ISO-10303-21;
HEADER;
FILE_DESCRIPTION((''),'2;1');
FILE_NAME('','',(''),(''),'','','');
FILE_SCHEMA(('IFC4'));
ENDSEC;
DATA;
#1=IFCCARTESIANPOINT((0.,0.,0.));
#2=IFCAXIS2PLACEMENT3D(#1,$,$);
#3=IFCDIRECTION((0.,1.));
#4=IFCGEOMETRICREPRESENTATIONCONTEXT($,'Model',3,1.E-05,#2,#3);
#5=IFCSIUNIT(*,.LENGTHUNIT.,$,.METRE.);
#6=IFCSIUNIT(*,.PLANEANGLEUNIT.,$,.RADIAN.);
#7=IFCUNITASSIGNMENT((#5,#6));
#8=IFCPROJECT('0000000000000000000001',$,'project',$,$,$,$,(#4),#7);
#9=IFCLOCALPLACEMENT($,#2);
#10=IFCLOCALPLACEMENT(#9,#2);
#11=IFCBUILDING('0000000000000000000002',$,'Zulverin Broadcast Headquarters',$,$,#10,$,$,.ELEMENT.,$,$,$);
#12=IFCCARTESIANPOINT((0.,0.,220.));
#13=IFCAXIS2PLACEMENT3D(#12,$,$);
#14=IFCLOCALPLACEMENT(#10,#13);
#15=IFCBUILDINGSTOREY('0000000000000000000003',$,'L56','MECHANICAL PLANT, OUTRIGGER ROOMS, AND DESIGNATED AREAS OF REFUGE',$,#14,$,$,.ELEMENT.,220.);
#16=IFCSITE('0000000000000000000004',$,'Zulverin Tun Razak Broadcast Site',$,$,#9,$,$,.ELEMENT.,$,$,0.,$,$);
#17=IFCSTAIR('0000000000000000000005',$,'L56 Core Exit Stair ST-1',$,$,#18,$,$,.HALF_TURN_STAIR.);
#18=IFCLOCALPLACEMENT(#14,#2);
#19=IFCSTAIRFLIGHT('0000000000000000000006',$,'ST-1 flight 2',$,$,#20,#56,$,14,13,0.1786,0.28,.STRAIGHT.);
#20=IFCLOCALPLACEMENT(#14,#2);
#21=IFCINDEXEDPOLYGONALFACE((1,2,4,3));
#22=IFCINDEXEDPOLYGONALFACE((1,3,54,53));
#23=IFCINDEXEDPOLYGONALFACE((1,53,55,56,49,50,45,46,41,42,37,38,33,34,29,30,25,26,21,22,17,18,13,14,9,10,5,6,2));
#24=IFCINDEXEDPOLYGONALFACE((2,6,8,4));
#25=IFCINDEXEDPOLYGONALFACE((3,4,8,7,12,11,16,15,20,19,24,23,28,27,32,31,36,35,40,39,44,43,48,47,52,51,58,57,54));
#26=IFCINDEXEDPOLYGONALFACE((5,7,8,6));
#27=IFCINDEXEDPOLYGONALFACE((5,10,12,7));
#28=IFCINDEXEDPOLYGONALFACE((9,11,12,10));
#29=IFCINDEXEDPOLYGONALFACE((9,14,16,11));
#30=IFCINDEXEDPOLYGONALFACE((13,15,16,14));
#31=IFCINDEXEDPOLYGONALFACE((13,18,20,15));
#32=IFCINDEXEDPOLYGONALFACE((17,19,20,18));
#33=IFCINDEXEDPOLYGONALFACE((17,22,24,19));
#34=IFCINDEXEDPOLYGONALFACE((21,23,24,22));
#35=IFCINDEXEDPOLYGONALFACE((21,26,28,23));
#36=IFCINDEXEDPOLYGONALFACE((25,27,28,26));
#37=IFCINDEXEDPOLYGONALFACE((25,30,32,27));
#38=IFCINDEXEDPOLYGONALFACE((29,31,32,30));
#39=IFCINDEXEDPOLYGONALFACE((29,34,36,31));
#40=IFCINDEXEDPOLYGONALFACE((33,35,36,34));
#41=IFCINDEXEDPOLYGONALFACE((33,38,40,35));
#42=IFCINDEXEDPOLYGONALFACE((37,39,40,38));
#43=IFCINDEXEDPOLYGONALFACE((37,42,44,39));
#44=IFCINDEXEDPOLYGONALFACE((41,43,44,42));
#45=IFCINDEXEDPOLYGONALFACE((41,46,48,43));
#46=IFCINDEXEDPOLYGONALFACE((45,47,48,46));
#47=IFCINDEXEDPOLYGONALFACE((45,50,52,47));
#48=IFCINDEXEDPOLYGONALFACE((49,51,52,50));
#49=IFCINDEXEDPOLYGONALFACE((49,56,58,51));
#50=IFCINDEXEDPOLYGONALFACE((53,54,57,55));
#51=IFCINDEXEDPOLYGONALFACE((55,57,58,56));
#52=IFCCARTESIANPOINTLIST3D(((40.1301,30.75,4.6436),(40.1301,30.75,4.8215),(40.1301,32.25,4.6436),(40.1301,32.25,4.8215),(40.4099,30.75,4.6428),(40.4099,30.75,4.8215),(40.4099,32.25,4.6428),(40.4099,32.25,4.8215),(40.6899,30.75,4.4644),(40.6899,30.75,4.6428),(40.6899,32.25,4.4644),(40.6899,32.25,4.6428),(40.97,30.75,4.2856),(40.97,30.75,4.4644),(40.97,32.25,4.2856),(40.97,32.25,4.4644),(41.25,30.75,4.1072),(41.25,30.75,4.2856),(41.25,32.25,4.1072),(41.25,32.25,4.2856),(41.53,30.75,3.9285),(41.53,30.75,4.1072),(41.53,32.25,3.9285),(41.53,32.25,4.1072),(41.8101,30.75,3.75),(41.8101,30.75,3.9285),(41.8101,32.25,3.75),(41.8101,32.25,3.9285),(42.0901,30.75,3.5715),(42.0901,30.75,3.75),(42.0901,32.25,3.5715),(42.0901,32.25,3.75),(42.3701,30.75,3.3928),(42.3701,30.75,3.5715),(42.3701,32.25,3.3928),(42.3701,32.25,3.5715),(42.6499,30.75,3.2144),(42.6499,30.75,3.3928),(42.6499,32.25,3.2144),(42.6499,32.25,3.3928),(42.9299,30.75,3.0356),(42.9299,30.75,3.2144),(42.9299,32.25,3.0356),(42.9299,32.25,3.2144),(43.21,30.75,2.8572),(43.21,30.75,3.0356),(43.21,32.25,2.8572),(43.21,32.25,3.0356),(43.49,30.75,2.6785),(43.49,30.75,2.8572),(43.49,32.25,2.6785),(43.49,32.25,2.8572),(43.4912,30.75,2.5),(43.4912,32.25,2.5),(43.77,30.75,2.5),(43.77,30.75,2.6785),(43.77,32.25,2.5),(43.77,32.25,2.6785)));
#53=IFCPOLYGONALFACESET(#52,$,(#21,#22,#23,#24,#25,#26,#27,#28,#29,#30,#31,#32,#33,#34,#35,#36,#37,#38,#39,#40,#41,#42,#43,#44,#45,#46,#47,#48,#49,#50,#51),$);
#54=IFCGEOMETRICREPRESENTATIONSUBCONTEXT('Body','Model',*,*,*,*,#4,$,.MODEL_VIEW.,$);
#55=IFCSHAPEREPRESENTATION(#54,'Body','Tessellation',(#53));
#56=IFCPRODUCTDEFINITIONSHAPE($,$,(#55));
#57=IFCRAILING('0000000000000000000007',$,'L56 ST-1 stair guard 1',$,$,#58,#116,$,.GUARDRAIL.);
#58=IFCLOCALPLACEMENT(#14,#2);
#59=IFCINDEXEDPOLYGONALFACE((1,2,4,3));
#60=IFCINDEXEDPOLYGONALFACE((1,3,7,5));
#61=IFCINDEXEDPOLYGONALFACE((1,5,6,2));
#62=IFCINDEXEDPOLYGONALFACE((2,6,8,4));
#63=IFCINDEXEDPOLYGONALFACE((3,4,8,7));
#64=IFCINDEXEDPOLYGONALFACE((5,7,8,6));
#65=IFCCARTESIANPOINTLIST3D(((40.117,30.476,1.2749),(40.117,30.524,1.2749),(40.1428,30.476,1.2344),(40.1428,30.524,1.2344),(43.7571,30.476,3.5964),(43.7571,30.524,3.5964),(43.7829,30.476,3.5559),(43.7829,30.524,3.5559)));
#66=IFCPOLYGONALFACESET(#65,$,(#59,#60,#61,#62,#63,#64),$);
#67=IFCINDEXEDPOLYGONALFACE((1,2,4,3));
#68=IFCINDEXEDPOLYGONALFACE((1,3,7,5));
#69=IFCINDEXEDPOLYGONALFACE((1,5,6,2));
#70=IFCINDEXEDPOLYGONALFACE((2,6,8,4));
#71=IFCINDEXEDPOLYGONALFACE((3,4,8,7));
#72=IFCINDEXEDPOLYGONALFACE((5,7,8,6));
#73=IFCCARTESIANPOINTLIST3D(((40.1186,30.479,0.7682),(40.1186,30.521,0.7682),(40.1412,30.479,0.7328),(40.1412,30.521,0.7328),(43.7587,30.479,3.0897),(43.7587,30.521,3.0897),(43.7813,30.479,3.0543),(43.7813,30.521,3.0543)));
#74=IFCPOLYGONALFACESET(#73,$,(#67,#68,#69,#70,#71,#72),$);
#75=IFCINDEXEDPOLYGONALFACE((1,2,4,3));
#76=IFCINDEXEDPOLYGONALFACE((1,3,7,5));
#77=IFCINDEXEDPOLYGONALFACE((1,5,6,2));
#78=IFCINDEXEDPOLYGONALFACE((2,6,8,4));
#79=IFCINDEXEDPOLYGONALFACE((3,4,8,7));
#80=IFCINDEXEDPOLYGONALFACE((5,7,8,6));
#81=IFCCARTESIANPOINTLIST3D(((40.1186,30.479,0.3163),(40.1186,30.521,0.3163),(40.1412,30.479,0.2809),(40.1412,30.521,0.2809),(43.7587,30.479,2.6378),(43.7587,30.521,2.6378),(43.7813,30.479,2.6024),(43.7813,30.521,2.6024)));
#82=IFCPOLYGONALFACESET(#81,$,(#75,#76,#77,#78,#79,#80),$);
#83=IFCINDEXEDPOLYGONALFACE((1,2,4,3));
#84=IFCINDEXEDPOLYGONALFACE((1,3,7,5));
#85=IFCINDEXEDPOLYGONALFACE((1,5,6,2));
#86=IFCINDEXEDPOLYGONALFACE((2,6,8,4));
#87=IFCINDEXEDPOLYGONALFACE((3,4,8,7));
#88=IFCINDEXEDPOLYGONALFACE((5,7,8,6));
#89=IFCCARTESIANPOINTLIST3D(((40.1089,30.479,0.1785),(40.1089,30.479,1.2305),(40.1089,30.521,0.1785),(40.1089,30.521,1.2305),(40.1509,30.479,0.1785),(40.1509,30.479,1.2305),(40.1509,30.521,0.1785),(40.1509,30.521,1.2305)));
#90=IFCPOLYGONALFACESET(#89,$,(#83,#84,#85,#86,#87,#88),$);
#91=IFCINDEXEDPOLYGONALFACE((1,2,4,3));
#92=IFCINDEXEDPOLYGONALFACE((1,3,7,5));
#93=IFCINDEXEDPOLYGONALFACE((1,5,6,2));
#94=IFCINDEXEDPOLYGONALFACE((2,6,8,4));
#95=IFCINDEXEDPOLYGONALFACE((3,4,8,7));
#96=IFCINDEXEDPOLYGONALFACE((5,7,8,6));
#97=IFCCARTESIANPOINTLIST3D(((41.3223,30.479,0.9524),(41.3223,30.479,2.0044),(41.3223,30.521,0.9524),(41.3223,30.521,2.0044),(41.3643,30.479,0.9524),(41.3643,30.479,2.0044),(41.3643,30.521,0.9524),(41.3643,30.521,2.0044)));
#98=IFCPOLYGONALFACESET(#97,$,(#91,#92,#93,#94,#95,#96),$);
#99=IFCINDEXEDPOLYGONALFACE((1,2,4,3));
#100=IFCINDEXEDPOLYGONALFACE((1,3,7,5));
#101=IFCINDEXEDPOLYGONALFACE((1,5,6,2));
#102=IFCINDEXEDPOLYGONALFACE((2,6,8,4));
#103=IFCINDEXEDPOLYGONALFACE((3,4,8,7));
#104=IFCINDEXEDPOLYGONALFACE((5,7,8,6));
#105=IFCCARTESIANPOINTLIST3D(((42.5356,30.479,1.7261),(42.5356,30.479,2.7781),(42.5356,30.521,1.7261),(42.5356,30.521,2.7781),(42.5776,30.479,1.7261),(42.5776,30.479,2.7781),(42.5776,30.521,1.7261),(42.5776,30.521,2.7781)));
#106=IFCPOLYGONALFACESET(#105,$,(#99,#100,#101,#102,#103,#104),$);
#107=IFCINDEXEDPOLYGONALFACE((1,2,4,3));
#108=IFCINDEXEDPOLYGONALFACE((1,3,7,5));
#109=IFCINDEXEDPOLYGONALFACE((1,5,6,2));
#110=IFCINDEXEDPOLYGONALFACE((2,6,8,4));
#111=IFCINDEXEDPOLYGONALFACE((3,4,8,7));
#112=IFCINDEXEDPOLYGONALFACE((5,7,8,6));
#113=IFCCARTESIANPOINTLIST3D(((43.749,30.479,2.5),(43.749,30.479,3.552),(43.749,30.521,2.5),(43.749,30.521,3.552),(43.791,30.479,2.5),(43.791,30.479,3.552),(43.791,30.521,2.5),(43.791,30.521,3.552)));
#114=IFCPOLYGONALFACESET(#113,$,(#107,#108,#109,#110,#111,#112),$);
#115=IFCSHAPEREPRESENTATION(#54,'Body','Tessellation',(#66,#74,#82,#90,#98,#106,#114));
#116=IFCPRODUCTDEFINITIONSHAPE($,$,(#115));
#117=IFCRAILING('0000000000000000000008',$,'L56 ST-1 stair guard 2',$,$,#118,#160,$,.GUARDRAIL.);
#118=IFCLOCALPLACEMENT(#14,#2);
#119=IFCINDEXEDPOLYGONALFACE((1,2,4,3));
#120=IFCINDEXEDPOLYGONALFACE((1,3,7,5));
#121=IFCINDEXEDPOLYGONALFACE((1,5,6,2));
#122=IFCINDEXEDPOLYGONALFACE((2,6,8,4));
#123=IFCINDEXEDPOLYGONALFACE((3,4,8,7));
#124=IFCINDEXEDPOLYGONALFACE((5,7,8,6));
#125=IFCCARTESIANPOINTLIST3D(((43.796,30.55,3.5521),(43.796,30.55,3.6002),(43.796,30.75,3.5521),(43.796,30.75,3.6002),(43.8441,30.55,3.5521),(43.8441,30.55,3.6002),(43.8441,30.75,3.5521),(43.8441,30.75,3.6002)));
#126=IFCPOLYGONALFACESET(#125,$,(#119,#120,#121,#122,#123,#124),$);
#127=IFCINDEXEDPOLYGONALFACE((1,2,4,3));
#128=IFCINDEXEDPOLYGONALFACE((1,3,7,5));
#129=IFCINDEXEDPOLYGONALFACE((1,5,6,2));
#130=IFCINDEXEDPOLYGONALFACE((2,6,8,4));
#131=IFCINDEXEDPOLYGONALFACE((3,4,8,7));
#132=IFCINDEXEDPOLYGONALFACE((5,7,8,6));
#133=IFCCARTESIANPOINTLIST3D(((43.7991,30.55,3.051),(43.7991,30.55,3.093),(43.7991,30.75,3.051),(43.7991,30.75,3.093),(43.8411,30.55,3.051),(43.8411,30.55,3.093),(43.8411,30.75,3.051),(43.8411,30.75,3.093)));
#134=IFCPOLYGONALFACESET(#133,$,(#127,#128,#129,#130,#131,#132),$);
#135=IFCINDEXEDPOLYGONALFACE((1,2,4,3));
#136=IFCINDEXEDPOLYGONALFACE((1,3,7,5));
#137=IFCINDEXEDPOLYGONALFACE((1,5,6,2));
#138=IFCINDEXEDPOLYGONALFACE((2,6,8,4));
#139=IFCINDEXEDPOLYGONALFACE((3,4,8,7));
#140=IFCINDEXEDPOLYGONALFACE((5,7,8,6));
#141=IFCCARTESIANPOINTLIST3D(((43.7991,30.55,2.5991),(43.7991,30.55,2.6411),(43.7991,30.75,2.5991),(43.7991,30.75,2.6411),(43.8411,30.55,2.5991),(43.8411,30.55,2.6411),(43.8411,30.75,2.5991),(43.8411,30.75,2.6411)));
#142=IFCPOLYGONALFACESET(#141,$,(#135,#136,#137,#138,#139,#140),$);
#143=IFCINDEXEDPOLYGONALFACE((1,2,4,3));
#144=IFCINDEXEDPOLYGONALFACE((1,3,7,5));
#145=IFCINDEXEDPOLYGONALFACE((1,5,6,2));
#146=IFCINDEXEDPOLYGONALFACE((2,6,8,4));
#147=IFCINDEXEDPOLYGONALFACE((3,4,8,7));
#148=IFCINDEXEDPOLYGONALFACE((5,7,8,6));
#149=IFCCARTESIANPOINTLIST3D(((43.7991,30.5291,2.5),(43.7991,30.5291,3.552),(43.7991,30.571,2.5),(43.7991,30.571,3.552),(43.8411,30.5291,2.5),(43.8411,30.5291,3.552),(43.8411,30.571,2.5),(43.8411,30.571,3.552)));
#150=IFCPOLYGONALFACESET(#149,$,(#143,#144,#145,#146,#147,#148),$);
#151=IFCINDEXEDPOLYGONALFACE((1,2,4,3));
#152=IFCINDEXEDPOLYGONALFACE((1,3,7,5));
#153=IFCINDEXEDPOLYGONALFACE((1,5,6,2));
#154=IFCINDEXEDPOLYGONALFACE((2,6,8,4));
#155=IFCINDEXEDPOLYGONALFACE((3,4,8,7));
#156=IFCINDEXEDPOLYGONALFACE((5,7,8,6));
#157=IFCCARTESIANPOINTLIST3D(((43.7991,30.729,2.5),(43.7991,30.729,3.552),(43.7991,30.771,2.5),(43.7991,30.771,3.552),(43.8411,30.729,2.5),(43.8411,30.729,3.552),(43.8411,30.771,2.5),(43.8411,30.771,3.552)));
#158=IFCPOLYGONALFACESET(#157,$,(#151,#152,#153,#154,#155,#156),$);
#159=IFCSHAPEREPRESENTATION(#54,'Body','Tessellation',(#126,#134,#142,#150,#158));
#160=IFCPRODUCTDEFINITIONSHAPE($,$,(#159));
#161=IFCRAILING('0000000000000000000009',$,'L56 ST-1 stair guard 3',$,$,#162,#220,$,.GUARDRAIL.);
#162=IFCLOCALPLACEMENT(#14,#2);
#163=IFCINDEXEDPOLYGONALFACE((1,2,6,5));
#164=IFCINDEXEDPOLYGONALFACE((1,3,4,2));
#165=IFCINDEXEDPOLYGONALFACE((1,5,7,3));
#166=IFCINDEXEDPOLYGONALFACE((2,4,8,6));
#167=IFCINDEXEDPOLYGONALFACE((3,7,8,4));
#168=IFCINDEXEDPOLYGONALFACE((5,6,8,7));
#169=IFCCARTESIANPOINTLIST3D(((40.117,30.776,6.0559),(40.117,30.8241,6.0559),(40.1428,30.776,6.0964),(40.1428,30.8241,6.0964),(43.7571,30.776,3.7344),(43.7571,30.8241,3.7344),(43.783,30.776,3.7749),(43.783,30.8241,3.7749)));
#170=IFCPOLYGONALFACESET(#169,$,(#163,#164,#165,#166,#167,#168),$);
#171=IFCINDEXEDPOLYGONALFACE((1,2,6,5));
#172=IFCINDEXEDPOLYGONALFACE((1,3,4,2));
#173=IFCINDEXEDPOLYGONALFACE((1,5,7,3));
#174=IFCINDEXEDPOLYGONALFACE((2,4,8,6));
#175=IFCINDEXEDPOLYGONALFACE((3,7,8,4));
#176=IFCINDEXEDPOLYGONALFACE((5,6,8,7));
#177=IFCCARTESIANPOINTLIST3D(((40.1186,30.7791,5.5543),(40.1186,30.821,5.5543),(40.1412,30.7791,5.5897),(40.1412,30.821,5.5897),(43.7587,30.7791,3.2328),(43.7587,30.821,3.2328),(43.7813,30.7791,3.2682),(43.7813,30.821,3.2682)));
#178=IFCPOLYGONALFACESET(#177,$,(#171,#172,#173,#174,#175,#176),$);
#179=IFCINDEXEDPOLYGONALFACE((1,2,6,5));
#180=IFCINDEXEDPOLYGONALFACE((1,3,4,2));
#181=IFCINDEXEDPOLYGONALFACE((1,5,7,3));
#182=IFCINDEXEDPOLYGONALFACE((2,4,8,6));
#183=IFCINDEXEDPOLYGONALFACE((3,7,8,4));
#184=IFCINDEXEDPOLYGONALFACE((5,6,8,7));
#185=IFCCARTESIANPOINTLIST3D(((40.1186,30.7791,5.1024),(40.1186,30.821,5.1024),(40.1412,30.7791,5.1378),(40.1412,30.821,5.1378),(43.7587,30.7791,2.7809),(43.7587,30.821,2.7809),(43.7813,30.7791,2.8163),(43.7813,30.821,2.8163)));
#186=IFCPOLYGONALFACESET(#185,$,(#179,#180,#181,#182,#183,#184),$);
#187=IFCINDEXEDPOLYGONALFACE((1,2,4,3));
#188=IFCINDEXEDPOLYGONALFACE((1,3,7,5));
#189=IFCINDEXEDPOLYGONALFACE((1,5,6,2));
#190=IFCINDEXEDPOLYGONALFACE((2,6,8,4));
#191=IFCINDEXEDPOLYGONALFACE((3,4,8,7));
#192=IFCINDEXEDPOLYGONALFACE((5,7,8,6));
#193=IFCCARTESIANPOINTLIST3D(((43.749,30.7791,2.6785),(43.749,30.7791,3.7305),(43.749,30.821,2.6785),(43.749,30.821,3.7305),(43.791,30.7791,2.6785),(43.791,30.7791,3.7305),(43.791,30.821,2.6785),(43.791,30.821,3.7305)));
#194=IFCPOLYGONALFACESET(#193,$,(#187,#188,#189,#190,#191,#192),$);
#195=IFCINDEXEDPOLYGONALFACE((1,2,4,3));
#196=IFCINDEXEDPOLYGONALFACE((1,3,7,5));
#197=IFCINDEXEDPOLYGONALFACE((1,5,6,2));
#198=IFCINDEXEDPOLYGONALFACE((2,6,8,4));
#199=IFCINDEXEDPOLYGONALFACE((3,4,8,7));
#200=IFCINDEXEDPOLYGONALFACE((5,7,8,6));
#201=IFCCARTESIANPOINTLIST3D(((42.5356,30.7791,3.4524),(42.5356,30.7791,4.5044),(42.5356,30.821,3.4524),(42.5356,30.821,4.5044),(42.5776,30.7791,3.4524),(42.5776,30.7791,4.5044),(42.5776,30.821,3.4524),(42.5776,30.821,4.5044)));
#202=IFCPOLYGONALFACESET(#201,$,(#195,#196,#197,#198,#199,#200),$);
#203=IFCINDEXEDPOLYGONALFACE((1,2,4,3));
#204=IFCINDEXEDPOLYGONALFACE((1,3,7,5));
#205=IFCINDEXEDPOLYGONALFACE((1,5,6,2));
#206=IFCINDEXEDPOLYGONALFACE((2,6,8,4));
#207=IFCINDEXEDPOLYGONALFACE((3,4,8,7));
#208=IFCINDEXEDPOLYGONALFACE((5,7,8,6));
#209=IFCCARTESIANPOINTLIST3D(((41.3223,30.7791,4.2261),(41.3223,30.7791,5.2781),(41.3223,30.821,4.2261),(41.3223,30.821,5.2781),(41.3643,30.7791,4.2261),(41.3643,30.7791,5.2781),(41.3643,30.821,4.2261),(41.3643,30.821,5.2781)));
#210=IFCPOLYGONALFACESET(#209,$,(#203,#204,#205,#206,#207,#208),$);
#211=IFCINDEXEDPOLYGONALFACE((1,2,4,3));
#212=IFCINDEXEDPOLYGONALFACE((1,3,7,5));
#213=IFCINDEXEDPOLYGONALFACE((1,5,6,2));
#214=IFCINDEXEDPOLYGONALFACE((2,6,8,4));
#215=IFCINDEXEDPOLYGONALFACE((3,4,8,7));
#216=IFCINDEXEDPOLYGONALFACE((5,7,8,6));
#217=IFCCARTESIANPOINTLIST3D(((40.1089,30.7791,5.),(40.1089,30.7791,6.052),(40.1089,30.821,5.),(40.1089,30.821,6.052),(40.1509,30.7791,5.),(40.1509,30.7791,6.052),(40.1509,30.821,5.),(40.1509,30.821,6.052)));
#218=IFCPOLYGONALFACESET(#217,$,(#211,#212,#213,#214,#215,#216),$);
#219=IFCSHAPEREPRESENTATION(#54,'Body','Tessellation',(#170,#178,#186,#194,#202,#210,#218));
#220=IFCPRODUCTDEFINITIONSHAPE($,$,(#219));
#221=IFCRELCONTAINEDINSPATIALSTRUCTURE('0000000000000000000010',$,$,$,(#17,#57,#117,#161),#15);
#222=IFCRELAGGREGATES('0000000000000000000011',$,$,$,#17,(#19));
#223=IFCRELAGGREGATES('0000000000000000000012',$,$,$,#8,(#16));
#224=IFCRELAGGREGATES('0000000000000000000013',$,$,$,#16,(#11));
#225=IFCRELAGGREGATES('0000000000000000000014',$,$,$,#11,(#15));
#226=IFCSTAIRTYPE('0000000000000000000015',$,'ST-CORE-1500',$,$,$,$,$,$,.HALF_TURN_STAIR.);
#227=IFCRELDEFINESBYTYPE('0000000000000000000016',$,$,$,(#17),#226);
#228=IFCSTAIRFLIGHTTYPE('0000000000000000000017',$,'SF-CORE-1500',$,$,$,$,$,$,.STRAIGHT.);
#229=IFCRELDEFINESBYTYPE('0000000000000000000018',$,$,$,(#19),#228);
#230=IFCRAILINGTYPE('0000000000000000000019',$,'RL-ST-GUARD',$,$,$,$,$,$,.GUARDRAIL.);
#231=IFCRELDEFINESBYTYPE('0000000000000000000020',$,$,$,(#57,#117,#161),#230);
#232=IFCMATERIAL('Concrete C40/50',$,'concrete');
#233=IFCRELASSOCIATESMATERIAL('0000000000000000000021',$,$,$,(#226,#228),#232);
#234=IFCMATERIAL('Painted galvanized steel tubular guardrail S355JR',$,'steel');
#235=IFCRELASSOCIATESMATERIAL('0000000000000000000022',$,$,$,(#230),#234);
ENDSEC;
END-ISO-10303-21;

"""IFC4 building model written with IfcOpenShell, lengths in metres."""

from ifc_helpers import new_model, si_unit, direction, frame, origin, origin_2d, place, context, subcontext, project, spatial, polyline, rectangle, outline, extrude, material, type_object, element, aggregate, save


model = new_model("IFC4")

# Units and contexts
model_context = context("Model", 3, precision=1e-05, world=origin(), true_north=direction((0.0, 1.0)))
body_context = subcontext(model_context, "Body", "Model", "MODEL_VIEW")
ifc_project = project(units=[si_unit("LENGTHUNIT", "METRE"), si_unit("PLANEANGLEUNIT", "RADIAN")], contexts=[model_context])

# Site, building, storey
site_placement = place(None, origin())
site = spatial("IfcSite", under=ifc_project, at=site_placement, Name="Zulverin Tun Razak Broadcast Site", CompositionType="ELEMENT", RefElevation=0.0)
building_placement = place(site_placement, origin())
building = spatial("IfcBuilding", under=site, at=building_placement, Name="Zulverin Broadcast Headquarters", CompositionType="ELEMENT")
storey_placement = place(building_placement, frame((0.0, 0.0, 220.0)))
storey = spatial("IfcBuildingStorey", under=building, at=storey_placement, Name="L56", Description="MECHANICAL PLANT, OUTRIGGER ROOMS, AND DESIGNATED AREAS OF REFUGE", CompositionType="ELEMENT", Elevation=220.0)

# Stair, stair flight
ifc_material_1 = material(Name="Concrete C40/50", Category="concrete")
stair_type = type_object("IfcStairType", Name="ST-CORE-1500", PredefinedType="HALF_TURN_STAIR", material=ifc_material_1)
stair_placement = place(storey_placement, origin())
stair = element("IfcStair", 1, at=stair_placement, inside=storey, type_object=stair_type, Name="L56 Core Exit Stair ST-1", PredefinedType="HALF_TURN_STAIR")
stair_flight_type = type_object("IfcStairFlightType", Name="SF-CORE-1500", PredefinedType="STRAIGHT", material=ifc_material_1)
stair_flight_1_placement = place(storey_placement, frame((43.77, 31.5, 2.5), z_axis=(0.0, 0.0, 1.0), x_axis=(-1.0, 0.0, 0.0)))
stair_flight_1 = element("IfcStairFlight", 2, at=stair_flight_1_placement, type_object=stair_flight_type, Name="ST-1 flight 2", NumberOfRisers=14, NumberOfTreads=13, PredefinedType="STRAIGHT", RiserHeight=0.1786, TreadLength=0.28, context=body_context, shape_type="SweptSolid", body=[
    extrude(outline(polyline([(0.0, 0.0), (0.0, 0.1785), (0.28, 0.1785), (0.28, 0.3572), (0.5601, 0.3572), (0.5601, 0.5356), (0.8401, 0.5356), (0.8401, 0.7144), (1.1201, 0.7144), (1.1201, 0.8928), (1.3999, 0.8928), (1.3999, 1.0715), (1.6799, 1.0715), (1.6799, 1.25), (1.96, 1.25), (1.96, 1.4285), (2.24, 1.4285), (2.24, 1.6072), (2.52, 1.6072), (2.52, 1.7856), (2.8, 1.7856), (2.8, 1.9644), (3.0801, 1.9644), (3.0801, 2.1428), (3.3601, 2.1428), (3.3601, 2.3215), (3.6399, 2.3215), (3.6399, 2.5), (3.6399, 2.1436), (0.2788, 0.0), (0.0, 0.0)])), frame((0.0, 0.75, 0.0), z_axis=(0.0, -1.0, 0.0), x_axis=(1.0, 0.0, 0.0)), (0.0, 0.0, 1.0), 1.5),
])
aggregate(stair, [stair_flight_1])

# Railings
ifc_material_2 = material(Name="Painted galvanized steel tubular guardrail S355JR", Category="steel")
railing_type_1 = type_object("IfcRailingType", Name="RL-ST-GUARD", PredefinedType="GUARDRAIL", material=ifc_material_2)
railing_1_placement = place(storey_placement, frame((40.1299, 30.5, 0.1785)))
element("IfcRailing", 3, at=railing_1_placement, inside=storey, type_object=railing_type_1, Name="L56 ST-1 stair guard 1", PredefinedType="GUARDRAIL", context=body_context, shape_type="SweptSolid", body=[
    extrude(rectangle(XDim=0.0481, YDim=0.0481, at=origin_2d()), frame((0.0, 0.0, 1.0762), z_axis=(0.843128, 0.0, 0.537713), x_axis=(0.0, 1.0, 0.0)), (0.0, 0.0, 1.0), 4.3174),
    extrude(rectangle(XDim=0.042, YDim=0.042, at=origin_2d()), frame((0.0, 0.0, 0.572), z_axis=(0.843128, 0.0, 0.537713), x_axis=(0.0, 1.0, 0.0)), (0.0, 0.0, 1.0), 4.3174),
    extrude(rectangle(XDim=0.042, YDim=0.042, at=origin_2d()), frame((0.0, 0.0, 0.1201), z_axis=(0.843128, 0.0, 0.537713), x_axis=(0.0, 1.0, 0.0)), (0.0, 0.0, 1.0), 4.3174),
    extrude(rectangle(XDim=0.042, YDim=0.042, at=origin_2d()), origin(), (0.0, 0.0, 1.0), 1.052),
    extrude(rectangle(XDim=0.042, YDim=0.042, at=origin_2d()), frame((1.2134, 0.0, 0.7739)), (0.0, 0.0, 1.0), 1.052),
    extrude(rectangle(XDim=0.042, YDim=0.042, at=origin_2d()), frame((2.4268, 0.0, 1.5476)), (0.0, 0.0, 1.0), 1.052),
    extrude(rectangle(XDim=0.042, YDim=0.042, at=origin_2d()), frame((3.6401, 0.0, 2.3215)), (0.0, 0.0, 1.0), 1.052),
])
railing_2_placement = place(storey_placement, frame((43.8201, 30.55, 2.5)))
element("IfcRailing", 4, at=railing_2_placement, inside=storey, type_object=railing_type_1, Name="L56 ST-1 stair guard 2", PredefinedType="GUARDRAIL", context=body_context, shape_type="SweptSolid", body=[
    extrude(rectangle(XDim=0.0481, YDim=0.0481, at=origin_2d()), frame((0.0, 0.0, 1.0762), z_axis=(0.0, 1.0, 0.0), x_axis=(-1.0, 0.0, 0.0)), (0.0, 0.0, 1.0), 0.2),
    extrude(rectangle(XDim=0.042, YDim=0.042, at=origin_2d()), frame((0.0, 0.0, 0.572), z_axis=(0.0, 1.0, 0.0), x_axis=(-1.0, 0.0, 0.0)), (0.0, 0.0, 1.0), 0.2),
    extrude(rectangle(XDim=0.042, YDim=0.042, at=origin_2d()), frame((0.0, 0.0, 0.1201), z_axis=(0.0, 1.0, 0.0), x_axis=(-1.0, 0.0, 0.0)), (0.0, 0.0, 1.0), 0.2),
    extrude(rectangle(XDim=0.042, YDim=0.042, at=origin_2d()), origin(), (0.0, 0.0, 1.0), 1.052),
    extrude(rectangle(XDim=0.042, YDim=0.042, at=origin_2d()), frame((0.0, 0.2, 0.0)), (0.0, 0.0, 1.0), 1.052),
])
railing_3_placement = place(storey_placement, frame((43.77, 30.8, 2.6785)))
element("IfcRailing", 5, at=railing_3_placement, inside=storey, type_object=railing_type_1, Name="L56 ST-1 stair guard 3", PredefinedType="GUARDRAIL", context=body_context, shape_type="SweptSolid", body=[
    extrude(rectangle(XDim=0.0481, YDim=0.0481, at=origin_2d()), frame((0.0, 0.0, 1.0762), z_axis=(-0.843128, 0.0, 0.537713), x_axis=(0.0, -1.0, 0.0)), (0.0, 0.0, 1.0), 4.3174),
    extrude(rectangle(XDim=0.042, YDim=0.042, at=origin_2d()), frame((0.0, 0.0, 0.572), z_axis=(-0.843128, 0.0, 0.537713), x_axis=(0.0, -1.0, 0.0)), (0.0, 0.0, 1.0), 4.3174),
    extrude(rectangle(XDim=0.042, YDim=0.042, at=origin_2d()), frame((0.0, 0.0, 0.1201), z_axis=(-0.843128, 0.0, 0.537713), x_axis=(0.0, -1.0, 0.0)), (0.0, 0.0, 1.0), 4.3174),
    extrude(rectangle(XDim=0.042, YDim=0.042, at=origin_2d()), origin(), (0.0, 0.0, 1.0), 1.052),
    extrude(rectangle(XDim=0.042, YDim=0.042, at=origin_2d()), frame((-1.2134, 0.0, 0.7739)), (0.0, 0.0, 1.0), 1.052),
    extrude(rectangle(XDim=0.042, YDim=0.042, at=origin_2d()), frame((-2.4268, 0.0, 1.5476)), (0.0, 0.0, 1.0), 1.052),
    extrude(rectangle(XDim=0.042, YDim=0.042, at=origin_2d()), frame((-3.6401, 0.0, 2.3215)), (0.0, 0.0, 1.0), 1.052),
])

save(model, "model.ifc")
